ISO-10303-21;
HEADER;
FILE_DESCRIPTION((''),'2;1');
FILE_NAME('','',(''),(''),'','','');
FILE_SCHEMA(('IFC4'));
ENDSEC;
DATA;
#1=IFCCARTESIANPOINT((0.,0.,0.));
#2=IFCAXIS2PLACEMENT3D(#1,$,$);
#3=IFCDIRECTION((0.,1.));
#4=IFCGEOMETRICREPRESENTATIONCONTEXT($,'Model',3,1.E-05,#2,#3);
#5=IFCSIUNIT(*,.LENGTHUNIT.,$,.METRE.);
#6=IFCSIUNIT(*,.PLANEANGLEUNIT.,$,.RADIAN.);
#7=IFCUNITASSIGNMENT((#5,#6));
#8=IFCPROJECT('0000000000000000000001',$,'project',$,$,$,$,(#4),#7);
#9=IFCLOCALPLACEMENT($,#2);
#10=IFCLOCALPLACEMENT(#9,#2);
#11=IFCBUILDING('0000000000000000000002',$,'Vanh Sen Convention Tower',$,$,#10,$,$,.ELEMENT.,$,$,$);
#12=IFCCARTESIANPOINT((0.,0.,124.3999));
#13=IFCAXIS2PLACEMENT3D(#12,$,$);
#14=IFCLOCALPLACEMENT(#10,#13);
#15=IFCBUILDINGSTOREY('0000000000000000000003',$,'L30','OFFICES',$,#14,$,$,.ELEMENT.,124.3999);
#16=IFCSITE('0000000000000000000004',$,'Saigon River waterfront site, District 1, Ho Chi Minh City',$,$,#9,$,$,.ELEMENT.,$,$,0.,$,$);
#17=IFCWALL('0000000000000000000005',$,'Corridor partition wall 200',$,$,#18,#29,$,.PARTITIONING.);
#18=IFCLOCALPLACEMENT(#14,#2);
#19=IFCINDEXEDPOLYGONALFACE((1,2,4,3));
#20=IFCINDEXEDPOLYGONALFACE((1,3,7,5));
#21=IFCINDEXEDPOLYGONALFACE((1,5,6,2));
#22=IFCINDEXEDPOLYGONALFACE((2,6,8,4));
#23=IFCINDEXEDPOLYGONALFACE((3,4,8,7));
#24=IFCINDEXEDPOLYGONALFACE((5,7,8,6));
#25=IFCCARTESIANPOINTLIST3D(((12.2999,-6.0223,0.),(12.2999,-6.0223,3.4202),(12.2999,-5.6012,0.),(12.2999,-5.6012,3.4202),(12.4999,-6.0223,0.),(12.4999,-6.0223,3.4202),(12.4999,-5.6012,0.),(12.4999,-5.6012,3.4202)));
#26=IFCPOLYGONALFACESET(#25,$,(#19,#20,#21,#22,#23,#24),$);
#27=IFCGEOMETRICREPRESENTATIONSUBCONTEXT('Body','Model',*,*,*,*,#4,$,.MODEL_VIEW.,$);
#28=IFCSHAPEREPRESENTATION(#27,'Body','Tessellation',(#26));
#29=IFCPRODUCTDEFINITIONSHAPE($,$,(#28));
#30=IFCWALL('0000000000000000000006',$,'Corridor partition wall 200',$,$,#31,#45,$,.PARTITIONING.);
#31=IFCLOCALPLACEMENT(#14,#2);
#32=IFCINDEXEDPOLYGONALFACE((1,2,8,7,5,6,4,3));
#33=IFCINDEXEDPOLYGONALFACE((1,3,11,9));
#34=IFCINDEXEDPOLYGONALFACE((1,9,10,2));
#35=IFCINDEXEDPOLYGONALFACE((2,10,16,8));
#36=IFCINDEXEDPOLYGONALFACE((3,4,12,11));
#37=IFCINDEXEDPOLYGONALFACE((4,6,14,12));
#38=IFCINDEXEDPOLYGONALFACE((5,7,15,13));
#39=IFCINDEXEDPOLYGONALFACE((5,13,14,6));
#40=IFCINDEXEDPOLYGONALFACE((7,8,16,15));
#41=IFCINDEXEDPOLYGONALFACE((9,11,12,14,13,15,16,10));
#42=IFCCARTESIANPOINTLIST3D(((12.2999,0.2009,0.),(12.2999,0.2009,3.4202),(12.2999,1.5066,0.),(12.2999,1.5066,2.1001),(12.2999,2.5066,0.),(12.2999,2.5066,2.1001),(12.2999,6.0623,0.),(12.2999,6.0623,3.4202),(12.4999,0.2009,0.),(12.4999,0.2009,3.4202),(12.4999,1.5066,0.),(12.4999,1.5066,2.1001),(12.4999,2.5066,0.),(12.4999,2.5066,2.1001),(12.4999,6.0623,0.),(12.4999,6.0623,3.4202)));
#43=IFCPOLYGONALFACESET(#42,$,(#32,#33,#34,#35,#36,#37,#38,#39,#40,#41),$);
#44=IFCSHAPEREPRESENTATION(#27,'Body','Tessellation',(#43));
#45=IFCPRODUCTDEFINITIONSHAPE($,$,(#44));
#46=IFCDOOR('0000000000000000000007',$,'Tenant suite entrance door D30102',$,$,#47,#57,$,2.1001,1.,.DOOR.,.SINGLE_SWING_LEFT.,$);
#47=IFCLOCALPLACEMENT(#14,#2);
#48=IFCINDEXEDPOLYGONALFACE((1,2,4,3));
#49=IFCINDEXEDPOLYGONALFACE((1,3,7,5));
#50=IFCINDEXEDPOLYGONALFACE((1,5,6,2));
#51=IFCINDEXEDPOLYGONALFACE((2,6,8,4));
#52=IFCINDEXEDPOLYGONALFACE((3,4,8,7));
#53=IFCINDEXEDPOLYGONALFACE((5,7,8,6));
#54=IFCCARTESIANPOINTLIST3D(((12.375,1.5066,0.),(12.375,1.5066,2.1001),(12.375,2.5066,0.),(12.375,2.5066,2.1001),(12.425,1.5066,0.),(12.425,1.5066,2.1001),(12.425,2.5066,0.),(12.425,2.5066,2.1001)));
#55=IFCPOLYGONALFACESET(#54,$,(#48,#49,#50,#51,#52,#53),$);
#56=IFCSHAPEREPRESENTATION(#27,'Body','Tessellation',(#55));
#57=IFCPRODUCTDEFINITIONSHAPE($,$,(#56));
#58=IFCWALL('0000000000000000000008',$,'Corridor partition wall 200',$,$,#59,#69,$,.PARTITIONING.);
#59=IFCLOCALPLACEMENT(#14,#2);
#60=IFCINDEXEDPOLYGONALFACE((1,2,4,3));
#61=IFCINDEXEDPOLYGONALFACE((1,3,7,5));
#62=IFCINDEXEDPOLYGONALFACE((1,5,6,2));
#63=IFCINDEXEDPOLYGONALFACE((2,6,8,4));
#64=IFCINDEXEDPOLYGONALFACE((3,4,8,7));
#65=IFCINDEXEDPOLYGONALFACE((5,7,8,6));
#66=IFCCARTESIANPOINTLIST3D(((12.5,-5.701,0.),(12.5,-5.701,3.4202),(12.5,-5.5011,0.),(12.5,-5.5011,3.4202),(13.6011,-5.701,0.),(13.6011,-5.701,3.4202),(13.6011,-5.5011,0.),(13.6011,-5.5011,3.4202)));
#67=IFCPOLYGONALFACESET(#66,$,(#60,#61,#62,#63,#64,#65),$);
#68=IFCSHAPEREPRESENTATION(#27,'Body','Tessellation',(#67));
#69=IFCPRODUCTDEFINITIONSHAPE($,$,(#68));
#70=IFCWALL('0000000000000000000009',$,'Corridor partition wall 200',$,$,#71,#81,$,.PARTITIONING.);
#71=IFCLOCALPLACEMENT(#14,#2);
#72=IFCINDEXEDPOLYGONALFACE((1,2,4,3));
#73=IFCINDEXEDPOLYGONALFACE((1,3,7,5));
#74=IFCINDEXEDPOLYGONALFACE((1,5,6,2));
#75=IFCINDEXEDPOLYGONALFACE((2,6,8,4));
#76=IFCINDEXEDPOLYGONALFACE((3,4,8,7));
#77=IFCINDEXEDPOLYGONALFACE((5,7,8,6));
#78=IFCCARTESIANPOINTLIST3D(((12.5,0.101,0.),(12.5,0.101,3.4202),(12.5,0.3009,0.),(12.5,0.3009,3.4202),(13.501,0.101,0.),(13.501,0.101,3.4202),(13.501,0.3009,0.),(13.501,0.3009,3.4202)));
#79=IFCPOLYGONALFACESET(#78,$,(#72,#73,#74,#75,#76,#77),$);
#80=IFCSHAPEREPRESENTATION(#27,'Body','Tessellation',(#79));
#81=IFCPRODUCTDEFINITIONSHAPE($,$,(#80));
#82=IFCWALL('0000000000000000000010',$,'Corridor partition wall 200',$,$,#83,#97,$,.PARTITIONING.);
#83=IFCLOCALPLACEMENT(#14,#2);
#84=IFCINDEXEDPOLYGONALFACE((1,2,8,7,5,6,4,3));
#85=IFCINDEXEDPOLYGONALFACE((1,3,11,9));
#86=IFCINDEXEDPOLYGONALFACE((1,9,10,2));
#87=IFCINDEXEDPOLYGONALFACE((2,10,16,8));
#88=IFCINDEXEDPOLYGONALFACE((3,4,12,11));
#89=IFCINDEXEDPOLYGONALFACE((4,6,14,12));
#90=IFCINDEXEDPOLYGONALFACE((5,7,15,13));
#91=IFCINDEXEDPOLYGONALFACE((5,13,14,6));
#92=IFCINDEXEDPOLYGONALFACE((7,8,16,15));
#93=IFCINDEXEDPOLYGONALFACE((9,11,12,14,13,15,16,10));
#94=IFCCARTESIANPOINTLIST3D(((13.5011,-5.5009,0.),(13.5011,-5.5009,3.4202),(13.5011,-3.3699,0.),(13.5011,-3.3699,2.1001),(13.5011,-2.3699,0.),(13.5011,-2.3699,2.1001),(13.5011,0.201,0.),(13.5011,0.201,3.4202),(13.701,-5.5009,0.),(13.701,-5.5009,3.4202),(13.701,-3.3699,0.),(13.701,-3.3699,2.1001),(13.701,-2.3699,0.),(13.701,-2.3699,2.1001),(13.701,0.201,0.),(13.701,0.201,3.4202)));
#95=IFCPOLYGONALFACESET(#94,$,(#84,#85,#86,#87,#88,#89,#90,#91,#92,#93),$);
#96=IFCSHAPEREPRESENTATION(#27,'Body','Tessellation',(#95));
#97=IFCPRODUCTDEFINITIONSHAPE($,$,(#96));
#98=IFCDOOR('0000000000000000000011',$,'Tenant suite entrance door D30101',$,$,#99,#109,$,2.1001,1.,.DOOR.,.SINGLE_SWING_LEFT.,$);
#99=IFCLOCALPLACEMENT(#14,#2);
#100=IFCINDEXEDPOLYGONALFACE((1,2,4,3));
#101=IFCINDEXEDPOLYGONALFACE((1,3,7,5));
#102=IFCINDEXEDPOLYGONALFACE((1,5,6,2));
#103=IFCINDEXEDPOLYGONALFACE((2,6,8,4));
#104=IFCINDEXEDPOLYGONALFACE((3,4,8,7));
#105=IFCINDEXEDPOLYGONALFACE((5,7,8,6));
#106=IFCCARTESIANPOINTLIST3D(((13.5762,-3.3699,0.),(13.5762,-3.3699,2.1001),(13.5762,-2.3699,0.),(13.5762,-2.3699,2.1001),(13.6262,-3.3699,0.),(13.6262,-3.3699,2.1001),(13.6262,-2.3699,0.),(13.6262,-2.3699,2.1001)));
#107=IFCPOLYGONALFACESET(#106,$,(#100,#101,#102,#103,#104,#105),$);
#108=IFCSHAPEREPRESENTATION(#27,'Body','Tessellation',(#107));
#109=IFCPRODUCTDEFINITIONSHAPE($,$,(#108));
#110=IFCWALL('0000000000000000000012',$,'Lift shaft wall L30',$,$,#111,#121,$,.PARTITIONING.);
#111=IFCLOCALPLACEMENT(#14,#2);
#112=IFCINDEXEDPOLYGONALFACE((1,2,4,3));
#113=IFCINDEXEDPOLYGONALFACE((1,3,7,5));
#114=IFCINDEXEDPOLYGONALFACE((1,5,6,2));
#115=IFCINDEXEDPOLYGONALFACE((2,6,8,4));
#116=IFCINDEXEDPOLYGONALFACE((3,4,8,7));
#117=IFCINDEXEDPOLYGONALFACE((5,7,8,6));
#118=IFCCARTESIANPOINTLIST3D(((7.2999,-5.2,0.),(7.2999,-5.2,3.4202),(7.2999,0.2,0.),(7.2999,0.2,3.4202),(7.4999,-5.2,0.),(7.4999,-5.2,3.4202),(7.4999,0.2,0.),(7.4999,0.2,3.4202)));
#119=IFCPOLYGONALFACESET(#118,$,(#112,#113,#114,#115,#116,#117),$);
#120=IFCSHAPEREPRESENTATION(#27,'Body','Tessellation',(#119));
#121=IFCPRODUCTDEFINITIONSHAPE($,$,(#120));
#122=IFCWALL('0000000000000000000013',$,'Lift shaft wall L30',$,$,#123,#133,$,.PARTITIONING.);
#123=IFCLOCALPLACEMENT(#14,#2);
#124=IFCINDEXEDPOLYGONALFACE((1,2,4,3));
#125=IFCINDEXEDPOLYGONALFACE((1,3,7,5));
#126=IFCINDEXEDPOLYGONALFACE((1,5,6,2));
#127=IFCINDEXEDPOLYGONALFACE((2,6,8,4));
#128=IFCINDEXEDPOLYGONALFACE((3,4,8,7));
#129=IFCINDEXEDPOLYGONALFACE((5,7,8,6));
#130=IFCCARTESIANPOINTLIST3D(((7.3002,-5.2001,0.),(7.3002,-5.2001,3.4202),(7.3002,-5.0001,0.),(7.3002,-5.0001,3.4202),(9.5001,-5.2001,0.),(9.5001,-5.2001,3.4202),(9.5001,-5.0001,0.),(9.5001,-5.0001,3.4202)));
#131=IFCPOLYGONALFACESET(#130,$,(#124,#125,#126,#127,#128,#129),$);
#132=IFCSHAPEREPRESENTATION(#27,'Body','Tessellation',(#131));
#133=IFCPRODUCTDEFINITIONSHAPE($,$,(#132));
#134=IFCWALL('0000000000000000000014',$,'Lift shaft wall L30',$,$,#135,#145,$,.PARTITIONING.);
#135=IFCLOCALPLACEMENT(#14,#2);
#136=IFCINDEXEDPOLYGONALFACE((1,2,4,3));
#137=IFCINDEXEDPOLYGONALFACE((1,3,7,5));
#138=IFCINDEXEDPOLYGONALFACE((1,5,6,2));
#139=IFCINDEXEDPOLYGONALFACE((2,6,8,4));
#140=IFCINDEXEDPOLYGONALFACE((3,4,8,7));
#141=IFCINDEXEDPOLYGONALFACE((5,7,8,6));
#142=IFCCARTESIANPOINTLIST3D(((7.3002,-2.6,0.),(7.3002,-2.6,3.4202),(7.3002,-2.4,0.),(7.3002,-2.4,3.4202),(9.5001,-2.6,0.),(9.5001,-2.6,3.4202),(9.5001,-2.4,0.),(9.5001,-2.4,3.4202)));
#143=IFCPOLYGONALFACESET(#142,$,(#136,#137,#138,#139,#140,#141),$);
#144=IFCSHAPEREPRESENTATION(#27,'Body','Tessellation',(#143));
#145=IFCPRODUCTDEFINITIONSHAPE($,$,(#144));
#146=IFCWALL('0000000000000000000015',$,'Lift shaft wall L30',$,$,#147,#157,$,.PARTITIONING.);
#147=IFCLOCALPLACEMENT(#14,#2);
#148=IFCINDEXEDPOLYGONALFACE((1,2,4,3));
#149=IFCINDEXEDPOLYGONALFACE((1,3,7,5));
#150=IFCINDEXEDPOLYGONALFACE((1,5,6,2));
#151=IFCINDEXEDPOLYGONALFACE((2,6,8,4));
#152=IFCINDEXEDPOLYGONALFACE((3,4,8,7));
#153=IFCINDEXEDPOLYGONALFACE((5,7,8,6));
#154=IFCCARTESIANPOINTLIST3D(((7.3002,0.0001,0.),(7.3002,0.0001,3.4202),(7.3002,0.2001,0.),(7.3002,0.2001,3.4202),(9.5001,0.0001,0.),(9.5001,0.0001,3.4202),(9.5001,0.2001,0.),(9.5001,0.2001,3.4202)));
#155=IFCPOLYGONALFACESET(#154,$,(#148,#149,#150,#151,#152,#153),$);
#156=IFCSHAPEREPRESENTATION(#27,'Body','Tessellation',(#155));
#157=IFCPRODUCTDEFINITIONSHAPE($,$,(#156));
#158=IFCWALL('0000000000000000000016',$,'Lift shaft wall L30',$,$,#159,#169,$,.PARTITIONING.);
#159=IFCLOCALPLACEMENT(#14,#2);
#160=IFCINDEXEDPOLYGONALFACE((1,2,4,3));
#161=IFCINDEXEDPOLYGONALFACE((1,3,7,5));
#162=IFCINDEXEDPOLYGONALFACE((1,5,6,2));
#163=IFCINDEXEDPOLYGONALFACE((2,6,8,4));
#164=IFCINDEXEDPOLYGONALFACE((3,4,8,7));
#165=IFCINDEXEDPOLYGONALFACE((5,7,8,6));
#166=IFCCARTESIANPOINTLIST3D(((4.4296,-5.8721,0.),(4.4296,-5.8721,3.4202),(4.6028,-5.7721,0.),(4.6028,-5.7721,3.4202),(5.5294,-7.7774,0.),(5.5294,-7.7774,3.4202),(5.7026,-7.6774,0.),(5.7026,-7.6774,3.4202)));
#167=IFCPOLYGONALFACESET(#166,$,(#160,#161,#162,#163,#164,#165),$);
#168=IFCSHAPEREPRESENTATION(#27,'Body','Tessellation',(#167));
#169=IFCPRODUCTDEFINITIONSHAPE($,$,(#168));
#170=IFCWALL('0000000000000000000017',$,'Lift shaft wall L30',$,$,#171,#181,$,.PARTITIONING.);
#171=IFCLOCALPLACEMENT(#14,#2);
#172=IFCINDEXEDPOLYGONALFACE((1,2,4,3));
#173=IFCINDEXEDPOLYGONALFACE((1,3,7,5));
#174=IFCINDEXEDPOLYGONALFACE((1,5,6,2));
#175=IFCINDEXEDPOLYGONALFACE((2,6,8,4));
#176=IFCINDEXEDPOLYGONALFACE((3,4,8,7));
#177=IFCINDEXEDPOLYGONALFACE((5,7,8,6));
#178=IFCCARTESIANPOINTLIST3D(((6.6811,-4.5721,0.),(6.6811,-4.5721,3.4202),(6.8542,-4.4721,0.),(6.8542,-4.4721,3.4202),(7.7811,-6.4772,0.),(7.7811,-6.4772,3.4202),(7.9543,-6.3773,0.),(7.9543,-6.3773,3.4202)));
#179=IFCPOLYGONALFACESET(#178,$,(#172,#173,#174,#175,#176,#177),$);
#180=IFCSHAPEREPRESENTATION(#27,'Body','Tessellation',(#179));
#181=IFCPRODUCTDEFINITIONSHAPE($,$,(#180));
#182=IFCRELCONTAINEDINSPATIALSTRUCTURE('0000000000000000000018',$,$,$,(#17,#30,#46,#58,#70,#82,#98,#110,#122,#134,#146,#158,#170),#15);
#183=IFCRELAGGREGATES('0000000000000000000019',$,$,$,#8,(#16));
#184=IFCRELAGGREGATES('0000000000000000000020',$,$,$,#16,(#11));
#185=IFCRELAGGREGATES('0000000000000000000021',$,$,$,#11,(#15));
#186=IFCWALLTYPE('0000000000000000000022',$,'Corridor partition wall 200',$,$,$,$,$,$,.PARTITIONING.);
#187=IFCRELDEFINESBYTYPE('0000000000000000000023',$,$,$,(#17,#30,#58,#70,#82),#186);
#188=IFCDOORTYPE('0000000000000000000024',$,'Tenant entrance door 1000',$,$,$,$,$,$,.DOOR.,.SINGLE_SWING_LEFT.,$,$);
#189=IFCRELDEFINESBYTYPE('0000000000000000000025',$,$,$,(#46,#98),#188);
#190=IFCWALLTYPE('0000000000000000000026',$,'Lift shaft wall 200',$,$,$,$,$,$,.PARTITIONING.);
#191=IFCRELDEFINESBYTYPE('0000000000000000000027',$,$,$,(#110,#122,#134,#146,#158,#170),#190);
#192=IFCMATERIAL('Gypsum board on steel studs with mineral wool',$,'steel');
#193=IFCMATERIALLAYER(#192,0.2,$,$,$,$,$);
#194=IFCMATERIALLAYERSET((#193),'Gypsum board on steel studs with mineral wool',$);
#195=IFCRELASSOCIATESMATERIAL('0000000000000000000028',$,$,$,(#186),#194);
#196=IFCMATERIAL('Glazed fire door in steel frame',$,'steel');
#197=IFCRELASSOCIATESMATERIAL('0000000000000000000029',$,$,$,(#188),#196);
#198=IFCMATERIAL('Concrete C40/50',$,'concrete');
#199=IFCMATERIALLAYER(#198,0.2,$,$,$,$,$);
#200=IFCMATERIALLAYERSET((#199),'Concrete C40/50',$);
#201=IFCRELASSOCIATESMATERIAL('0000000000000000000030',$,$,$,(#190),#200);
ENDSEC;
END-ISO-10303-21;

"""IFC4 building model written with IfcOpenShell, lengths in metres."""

from ifc_helpers import new_model, si_unit, direction, frame, frame_2d, origin, place, context, subcontext, project, spatial, rectangle, extrude, material, layer, layer_set, type_object, element, fill, save


model = new_model("IFC4")

# Units and contexts
model_context = context("Model", 3, precision=1e-05, world=origin(), true_north=direction((0.0, 1.0)))
body_context = subcontext(model_context, "Body", "Model", "MODEL_VIEW")
ifc_project = project(units=[si_unit("LENGTHUNIT", "METRE"), si_unit("PLANEANGLEUNIT", "RADIAN")], contexts=[model_context])

# Site, building, storey
site_placement = place(None, origin())
site = spatial("IfcSite", under=ifc_project, at=site_placement, Name="Saigon River waterfront site, District 1, Ho Chi Minh City", CompositionType="ELEMENT", RefElevation=0.0)
building_placement = place(site_placement, origin())
building = spatial("IfcBuilding", under=site, at=building_placement, Name="Vanh Sen Convention Tower", CompositionType="ELEMENT")
storey_placement = place(building_placement, frame((0.0, 0.0, 124.3999)))
storey = spatial("IfcBuildingStorey", under=building, at=storey_placement, Name="L30", Description="OFFICES", CompositionType="ELEMENT", Elevation=124.3999)

# Shared definitions
ifc_material_1 = material(Name="Gypsum board on steel studs with mineral wool", Category="steel")
ifc_layer_1 = layer(ifc_material_1, 0.2)
ifc_layer_set_1 = layer_set([ifc_layer_1], Name="Gypsum board on steel studs with mineral wool")
wall_type_1 = type_object("IfcWallType", Name="Corridor partition wall 200", PredefinedType="PARTITIONING", material=ifc_layer_set_1)

# Shared definitions
ifc_material_2 = material(Name="Glazed fire door in steel frame", Category="steel")
door_type_1 = type_object("IfcDoorType", Name="Tenant entrance door 1000", OperationType="SINGLE_SWING_LEFT", PredefinedType="DOOR", material=ifc_material_2)

# Wall
wall_1_placement = place(storey_placement, frame((12.3999, -6.0222, 0.0), z_axis=(0.0, 0.0, 1.0), x_axis=(0.0, 1.0, 0.0)))
element("IfcWall", 1, at=wall_1_placement, inside=storey, type_object=wall_type_1, Name="Corridor partition wall 200", PredefinedType="PARTITIONING", context=body_context, shape_type="SweptSolid", body=[
    extrude(rectangle(XDim=0.4211, YDim=0.2, at=frame_2d((0.2104, 0.0))), origin(), (0.0, 0.0, 1.0), 3.4202),
])

# Wall, opening, door
wall_2_placement = place(storey_placement, frame((12.3999, 0.2009, 0.0), z_axis=(0.0, 0.0, 1.0), x_axis=(0.0, 1.0, 0.0)))
wall_2 = element("IfcWall", 2, at=wall_2_placement, inside=storey, type_object=wall_type_1, Name="Corridor partition wall 200", PredefinedType="PARTITIONING", context=body_context, shape_type="SweptSolid", body=[
    extrude(rectangle(XDim=5.8613, YDim=0.2, at=frame_2d((2.9307, 0.0))), origin(), (0.0, 0.0, 1.0), 3.4202),
])
opening_1_placement = place(wall_2_placement, frame((1.3057, 0.0, 0.0)))
opening_1 = element("IfcOpeningElement", 3, at=opening_1_placement, cuts=wall_2, PredefinedType="OPENING", context=body_context, shape_type="SweptSolid", body=[
    extrude(rectangle(XDim=1.0, YDim=2.1001, at=frame_2d((0.5, 1.05))), frame((0.0, 0.1099, 0.0), z_axis=(0.0, -1.0, 0.0), x_axis=(1.0, 0.0, 0.0)), (0.0, 0.0, 1.0), 0.22),
])
door_1_placement = place(opening_1_placement, origin())
door_1 = element("IfcDoor", 4, at=door_1_placement, inside=storey, type_object=door_type_1, Name="Tenant suite entrance door D30102", OperationType="SINGLE_SWING_LEFT", OverallHeight=2.1001, OverallWidth=1.0, PredefinedType="DOOR", context=body_context, shape_type="SweptSolid", body=[
    extrude(rectangle(XDim=1.0, YDim=2.1001, at=frame_2d((0.5, 1.05))), frame((0.0, 0.0249, 0.0), z_axis=(0.0, -1.0, 0.0), x_axis=(1.0, 0.0, 0.0)), (0.0, 0.0, 1.0), 0.05),
])
fill(opening_1, door_1)

# Walls
wall_3_placement = place(storey_placement, frame((12.5, -5.6011, 0.0), z_axis=(0.0, 0.0, 1.0), x_axis=(1.0, 0.0, 0.0)))
element("IfcWall", 5, at=wall_3_placement, inside=storey, type_object=wall_type_1, Name="Corridor partition wall 200", PredefinedType="PARTITIONING", context=body_context, shape_type="SweptSolid", body=[
    extrude(rectangle(XDim=1.1011, YDim=0.2, at=frame_2d((0.5505, 0.0))), origin(), (0.0, 0.0, 1.0), 3.4202),
])
wall_4_placement = place(storey_placement, frame((13.501, 0.2009, 0.0), z_axis=(0.0, 0.0, 1.0), x_axis=(-1.0, 0.0, 0.0)))
element("IfcWall", 6, at=wall_4_placement, inside=storey, type_object=wall_type_1, Name="Corridor partition wall 200", PredefinedType="PARTITIONING", context=body_context, shape_type="SweptSolid", body=[
    extrude(rectangle(XDim=1.001, YDim=0.2, at=frame_2d((0.5005, 0.0))), origin(), (0.0, 0.0, 1.0), 3.4202),
])

# Wall, opening, door
wall_5_placement = place(storey_placement, frame((13.6011, -5.501, 0.0), z_axis=(0.0, 0.0, 1.0), x_axis=(0.0, 1.0, 0.0)))
wall_5 = element("IfcWall", 7, at=wall_5_placement, inside=storey, type_object=wall_type_1, Name="Corridor partition wall 200", PredefinedType="PARTITIONING", context=body_context, shape_type="SweptSolid", body=[
    extrude(rectangle(XDim=5.7019, YDim=0.2, at=frame_2d((2.8511, 0.0))), origin(), (0.0, 0.0, 1.0), 3.4202),
])
opening_2_placement = place(wall_5_placement, frame((2.1311, 0.0, 0.0)))
opening_2 = element("IfcOpeningElement", 8, at=opening_2_placement, cuts=wall_5, PredefinedType="OPENING", context=body_context, shape_type="SweptSolid", body=[
    extrude(rectangle(XDim=1.0, YDim=2.1001, at=frame_2d((0.5, 1.05))), frame((0.0, 0.1099, 0.0), z_axis=(0.0, -1.0, 0.0), x_axis=(1.0, 0.0, 0.0)), (0.0, 0.0, 1.0), 0.22),
])
door_2_placement = place(opening_2_placement, origin())
door_2 = element("IfcDoor", 9, at=door_2_placement, inside=storey, type_object=door_type_1, Name="Tenant suite entrance door D30101", OperationType="SINGLE_SWING_LEFT", OverallHeight=2.1001, OverallWidth=1.0, PredefinedType="DOOR", context=body_context, shape_type="SweptSolid", body=[
    extrude(rectangle(XDim=1.0, YDim=2.1001, at=frame_2d((0.5, 1.05))), frame((0.0, 0.0249, 0.0), z_axis=(0.0, -1.0, 0.0), x_axis=(1.0, 0.0, 0.0)), (0.0, 0.0, 1.0), 0.05),
])
fill(opening_2, door_2)

# Walls
ifc_material_3 = material(Name="Concrete C40/50", Category="concrete")
ifc_layer_2 = layer(ifc_material_3, 0.2)
ifc_layer_set_2 = layer_set([ifc_layer_2], Name="Concrete C40/50")
wall_type_2 = type_object("IfcWallType", Name="Lift shaft wall 200", PredefinedType="PARTITIONING", material=ifc_layer_set_2)
wall_6_placement = place(storey_placement, frame((7.3999, -5.2, 0.0), z_axis=(0.0, 0.0, 1.0), x_axis=(0.0, 1.0, 0.0)))
element("IfcWall", 10, at=wall_6_placement, inside=storey, type_object=wall_type_2, Name="Lift shaft wall L30", PredefinedType="PARTITIONING", context=body_context, shape_type="SweptSolid", body=[
    extrude(rectangle(XDim=5.3999, YDim=0.2, at=frame_2d((2.7, 0.0))), origin(), (0.0, 0.0, 1.0), 3.4202),
])
for number, where, z_axis, x_axis, name in (
    (11, (7.3, -5.1001, 0.0), (0.0, 0.0, 1.0), (1.0, 0.0, 0.0), "Lift shaft wall L30"),
    (12, (7.3, -2.5, 0.0), (0.0, 0.0, 1.0), (1.0, 0.0, 0.0), "Lift shaft wall L30"),
    (13, (7.3, 0.1001, 0.0), (0.0, 0.0, 1.0), (1.0, 0.0, 0.0), "Lift shaft wall L30"),
    (14, (4.5161, -5.822, 0.0), (0.0, 0.0, 1.0), (0.499947, -0.866056, 0.0), "Lift shaft wall L30"),
    (15, (6.7676, -4.522, 0.0), (0.0, 0.0, 1.0), (0.50003, -0.866008, 0.0), "Lift shaft wall L30"),
):
    element("IfcWall", number, at=place(storey_placement, frame(where, z_axis=z_axis, x_axis=x_axis)), inside=storey, type_object=wall_type_2, Name=name, PredefinedType="PARTITIONING", context=body_context, shape_type="SweptSolid", body=[
        extrude(rectangle(XDim=2.2, YDim=0.2, at=frame_2d((1.1001, 0.0))), origin(), (0.0, 0.0, 1.0), 3.4202),
    ])

save(model, "model.ifc")
